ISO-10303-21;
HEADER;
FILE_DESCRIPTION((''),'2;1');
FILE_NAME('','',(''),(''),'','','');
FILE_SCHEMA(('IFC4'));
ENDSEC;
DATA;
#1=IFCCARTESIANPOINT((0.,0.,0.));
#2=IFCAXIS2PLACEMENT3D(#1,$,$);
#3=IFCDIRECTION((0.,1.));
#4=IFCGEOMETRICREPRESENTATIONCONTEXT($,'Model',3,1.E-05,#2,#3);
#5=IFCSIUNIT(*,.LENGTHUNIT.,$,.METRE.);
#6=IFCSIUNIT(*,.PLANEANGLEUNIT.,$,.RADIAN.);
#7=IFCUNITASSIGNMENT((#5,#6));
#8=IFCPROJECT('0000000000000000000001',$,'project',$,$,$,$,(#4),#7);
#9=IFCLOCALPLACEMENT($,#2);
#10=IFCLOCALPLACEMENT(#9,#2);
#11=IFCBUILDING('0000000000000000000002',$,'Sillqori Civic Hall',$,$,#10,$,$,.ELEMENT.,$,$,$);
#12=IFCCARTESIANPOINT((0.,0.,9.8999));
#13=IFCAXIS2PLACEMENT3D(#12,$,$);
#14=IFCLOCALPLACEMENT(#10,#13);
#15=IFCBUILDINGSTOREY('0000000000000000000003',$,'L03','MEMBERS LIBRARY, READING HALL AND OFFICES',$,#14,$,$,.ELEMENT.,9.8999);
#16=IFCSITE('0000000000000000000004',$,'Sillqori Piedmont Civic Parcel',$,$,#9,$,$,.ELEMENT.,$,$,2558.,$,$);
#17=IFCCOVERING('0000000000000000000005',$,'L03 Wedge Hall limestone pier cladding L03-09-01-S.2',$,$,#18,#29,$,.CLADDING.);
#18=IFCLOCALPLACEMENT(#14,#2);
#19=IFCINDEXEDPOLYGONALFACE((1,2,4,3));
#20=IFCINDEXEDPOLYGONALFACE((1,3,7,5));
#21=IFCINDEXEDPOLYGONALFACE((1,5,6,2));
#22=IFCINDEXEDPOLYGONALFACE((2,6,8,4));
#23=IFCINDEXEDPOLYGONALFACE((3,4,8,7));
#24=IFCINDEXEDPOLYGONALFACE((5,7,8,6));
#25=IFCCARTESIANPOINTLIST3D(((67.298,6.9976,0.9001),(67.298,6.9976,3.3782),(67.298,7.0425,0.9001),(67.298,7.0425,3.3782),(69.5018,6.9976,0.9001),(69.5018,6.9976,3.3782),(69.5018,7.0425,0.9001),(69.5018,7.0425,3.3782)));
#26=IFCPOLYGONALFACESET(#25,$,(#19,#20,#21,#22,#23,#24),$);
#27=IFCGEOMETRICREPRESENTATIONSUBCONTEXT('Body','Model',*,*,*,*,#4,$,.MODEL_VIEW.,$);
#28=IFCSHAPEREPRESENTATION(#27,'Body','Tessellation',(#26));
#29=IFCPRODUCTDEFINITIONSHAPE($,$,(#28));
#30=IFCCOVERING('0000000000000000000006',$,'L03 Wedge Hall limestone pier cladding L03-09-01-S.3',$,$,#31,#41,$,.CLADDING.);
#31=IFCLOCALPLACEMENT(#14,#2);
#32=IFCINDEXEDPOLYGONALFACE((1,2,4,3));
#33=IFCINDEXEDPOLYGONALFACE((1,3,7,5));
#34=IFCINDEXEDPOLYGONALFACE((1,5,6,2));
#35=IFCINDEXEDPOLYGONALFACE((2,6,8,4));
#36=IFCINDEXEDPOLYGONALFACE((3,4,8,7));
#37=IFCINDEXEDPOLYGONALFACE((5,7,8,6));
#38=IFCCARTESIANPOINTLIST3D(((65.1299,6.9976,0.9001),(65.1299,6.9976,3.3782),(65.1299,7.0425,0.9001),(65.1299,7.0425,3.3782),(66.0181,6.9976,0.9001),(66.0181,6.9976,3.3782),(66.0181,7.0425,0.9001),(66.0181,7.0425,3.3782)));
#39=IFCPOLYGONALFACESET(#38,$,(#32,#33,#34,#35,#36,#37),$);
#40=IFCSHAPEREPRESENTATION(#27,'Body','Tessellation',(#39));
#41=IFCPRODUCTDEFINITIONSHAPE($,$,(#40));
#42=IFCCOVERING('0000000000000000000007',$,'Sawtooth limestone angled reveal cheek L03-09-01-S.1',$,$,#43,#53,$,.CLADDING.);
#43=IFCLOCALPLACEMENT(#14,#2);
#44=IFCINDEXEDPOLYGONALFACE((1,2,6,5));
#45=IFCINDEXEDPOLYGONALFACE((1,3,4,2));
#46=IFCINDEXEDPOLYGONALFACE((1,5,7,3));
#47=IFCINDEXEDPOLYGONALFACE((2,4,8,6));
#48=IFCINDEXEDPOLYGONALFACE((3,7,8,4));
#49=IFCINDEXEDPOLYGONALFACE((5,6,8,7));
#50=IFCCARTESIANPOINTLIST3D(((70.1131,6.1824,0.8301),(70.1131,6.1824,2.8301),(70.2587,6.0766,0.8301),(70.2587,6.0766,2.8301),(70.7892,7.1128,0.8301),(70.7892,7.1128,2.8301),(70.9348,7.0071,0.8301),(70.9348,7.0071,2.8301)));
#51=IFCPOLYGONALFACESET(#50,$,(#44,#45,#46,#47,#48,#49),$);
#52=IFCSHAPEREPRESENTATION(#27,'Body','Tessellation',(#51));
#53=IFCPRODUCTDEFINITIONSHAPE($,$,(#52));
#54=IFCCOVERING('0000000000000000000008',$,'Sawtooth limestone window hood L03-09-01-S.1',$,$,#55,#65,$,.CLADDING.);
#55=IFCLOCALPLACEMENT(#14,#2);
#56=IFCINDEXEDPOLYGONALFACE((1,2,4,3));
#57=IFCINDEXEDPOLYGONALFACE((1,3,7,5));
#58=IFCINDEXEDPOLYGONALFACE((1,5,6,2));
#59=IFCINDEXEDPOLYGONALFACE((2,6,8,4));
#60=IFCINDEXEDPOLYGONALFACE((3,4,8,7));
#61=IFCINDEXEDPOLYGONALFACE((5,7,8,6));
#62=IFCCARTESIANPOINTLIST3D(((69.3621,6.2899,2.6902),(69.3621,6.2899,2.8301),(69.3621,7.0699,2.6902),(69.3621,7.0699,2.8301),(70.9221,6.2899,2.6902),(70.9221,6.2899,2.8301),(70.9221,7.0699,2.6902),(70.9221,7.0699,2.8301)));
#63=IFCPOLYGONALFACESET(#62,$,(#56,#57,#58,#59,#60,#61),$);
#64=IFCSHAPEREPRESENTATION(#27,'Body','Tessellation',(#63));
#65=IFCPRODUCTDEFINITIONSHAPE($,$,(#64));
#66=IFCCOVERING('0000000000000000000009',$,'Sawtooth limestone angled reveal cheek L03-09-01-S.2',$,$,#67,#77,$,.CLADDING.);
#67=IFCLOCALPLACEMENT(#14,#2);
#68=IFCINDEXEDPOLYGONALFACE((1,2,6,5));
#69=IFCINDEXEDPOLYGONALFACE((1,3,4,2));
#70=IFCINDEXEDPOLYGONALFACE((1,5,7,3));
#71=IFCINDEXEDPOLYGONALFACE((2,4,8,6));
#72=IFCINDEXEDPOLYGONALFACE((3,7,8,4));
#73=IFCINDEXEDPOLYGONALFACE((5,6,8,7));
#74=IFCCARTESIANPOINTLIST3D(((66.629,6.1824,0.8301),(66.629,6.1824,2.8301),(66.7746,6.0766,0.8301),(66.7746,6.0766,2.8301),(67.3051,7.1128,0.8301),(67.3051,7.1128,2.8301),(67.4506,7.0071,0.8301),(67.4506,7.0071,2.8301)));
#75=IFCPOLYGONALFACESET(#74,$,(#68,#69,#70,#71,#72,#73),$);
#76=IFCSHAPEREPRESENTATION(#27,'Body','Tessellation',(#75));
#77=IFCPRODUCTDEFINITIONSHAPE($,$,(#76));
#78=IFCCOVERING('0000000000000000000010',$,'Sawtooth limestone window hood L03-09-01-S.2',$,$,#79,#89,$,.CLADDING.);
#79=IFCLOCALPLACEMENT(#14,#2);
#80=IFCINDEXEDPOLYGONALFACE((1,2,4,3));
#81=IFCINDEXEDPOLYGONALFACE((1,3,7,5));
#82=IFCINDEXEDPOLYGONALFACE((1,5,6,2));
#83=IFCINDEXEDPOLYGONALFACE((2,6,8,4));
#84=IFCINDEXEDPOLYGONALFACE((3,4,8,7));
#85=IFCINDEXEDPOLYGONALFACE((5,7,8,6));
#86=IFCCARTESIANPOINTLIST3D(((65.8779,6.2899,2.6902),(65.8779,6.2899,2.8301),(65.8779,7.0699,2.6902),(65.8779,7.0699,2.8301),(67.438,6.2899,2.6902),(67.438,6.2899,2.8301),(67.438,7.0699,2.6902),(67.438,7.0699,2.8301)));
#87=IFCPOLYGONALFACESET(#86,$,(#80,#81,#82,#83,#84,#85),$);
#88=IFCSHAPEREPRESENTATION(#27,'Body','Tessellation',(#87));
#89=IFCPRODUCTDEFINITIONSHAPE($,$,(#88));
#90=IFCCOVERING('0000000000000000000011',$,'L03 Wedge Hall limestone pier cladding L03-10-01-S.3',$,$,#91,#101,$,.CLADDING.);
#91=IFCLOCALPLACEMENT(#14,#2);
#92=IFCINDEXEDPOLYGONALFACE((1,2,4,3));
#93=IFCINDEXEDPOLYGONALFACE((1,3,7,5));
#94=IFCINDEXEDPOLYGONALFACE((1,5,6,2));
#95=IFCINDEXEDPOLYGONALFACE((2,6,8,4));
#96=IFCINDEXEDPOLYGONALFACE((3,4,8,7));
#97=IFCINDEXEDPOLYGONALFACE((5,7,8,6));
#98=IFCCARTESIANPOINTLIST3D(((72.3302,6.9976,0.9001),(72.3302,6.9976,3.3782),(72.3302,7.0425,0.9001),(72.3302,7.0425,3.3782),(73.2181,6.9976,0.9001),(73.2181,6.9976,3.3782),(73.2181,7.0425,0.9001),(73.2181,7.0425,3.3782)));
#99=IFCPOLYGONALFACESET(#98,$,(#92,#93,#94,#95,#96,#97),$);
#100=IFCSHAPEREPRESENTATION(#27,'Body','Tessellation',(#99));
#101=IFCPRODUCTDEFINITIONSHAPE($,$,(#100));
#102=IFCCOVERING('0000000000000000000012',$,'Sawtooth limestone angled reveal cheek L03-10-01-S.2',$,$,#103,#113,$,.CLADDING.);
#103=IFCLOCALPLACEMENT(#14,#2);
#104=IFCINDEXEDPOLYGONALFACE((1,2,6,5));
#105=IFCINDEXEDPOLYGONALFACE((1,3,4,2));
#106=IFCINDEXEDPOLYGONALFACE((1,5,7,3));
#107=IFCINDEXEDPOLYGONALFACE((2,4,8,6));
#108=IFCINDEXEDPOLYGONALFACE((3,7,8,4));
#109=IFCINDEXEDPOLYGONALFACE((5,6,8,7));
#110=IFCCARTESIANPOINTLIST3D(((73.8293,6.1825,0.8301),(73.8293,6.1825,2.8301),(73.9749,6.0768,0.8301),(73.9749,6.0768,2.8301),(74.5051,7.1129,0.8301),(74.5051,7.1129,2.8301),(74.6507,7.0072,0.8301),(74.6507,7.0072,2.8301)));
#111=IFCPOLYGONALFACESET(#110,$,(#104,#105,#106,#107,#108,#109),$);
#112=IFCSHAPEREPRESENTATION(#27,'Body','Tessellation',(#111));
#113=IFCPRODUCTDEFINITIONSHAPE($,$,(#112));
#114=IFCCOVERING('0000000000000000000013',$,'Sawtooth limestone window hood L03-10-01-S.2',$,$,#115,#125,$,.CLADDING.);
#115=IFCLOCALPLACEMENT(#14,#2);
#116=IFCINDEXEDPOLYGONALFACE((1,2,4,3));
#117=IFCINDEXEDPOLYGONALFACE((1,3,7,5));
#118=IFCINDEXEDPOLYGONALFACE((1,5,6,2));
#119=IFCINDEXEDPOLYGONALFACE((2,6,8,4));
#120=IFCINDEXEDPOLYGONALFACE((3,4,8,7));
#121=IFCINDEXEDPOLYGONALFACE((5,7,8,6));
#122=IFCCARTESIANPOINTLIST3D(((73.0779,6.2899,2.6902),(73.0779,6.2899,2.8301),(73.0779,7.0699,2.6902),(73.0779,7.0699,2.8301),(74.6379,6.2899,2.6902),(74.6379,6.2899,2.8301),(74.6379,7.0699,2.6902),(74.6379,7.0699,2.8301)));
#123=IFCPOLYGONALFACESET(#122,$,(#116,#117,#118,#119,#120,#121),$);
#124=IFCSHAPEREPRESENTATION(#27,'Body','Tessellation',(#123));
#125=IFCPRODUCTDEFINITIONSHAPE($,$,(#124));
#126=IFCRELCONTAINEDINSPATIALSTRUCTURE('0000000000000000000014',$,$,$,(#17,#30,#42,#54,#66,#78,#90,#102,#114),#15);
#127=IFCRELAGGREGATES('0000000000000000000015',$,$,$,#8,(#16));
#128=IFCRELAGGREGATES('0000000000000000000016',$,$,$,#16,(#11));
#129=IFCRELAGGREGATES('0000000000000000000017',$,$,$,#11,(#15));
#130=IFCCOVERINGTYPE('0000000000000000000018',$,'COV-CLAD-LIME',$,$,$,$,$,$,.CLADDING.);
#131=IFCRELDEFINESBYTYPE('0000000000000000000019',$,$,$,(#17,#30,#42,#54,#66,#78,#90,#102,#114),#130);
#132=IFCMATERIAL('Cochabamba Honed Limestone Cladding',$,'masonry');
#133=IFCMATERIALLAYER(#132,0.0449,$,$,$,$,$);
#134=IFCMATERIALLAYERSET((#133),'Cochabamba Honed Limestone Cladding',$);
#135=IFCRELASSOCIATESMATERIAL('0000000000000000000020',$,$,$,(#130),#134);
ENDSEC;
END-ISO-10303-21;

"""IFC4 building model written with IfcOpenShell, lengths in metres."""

from ifc_helpers import new_model, si_unit, direction, frame, frame_2d, origin, place, context, subcontext, project, spatial, rectangle, extrude, material, layer, layer_set, type_object, element, save


model = new_model("IFC4")

# Units and contexts
model_context = context("Model", 3, precision=1e-05, world=origin(), true_north=direction((0.0, 1.0)))
body_context = subcontext(model_context, "Body", "Model", "MODEL_VIEW")
ifc_project = project(units=[si_unit("LENGTHUNIT", "METRE"), si_unit("PLANEANGLEUNIT", "RADIAN")], contexts=[model_context])

# Site, building, storey
site_placement = place(None, origin())
site = spatial("IfcSite", under=ifc_project, at=site_placement, Name="Sillqori Piedmont Civic Parcel", CompositionType="ELEMENT", RefElevation=2558.0)
building_placement = place(site_placement, origin())
building = spatial("IfcBuilding", under=site, at=building_placement, Name="Sillqori Civic Hall", CompositionType="ELEMENT")
storey_placement = place(building_placement, frame((0.0, 0.0, 9.8999)))
storey = spatial("IfcBuildingStorey", under=building, at=storey_placement, Name="L03", Description="MEMBERS LIBRARY, READING HALL AND OFFICES", CompositionType="ELEMENT", Elevation=9.8999)

# Coverings
ifc_material_1 = material(Name="Cochabamba Honed Limestone Cladding", Category="masonry")
ifc_layer_1 = layer(ifc_material_1, 0.0449)
ifc_layer_set_1 = layer_set([ifc_layer_1], Name="Cochabamba Honed Limestone Cladding")
covering_type = type_object("IfcCoveringType", Name="COV-CLAD-LIME", PredefinedType="CLADDING", material=ifc_layer_set_1)
covering_1_placement = place(storey_placement, frame((69.502, 7.02, 0.9001), z_axis=(0.0, 0.0, 1.0), x_axis=(-1.0, 0.0, 0.0)))
element("IfcCovering", 1, at=covering_1_placement, inside=storey, type_object=covering_type, Name="L03 Wedge Hall limestone pier cladding L03-09-01-S.2", PredefinedType="CLADDING", context=body_context, shape_type="SweptSolid", body=[
    extrude(rectangle(XDim=2.2039, YDim=0.0449, at=frame_2d((1.1021, 0.0))), origin(), (0.0, 0.0, 1.0), 2.478),
])
covering_2_placement = place(storey_placement, frame((66.0181, 7.02, 0.9001), z_axis=(0.0, 0.0, 1.0), x_axis=(-1.0, 0.0, 0.0)))
element("IfcCovering", 2, at=covering_2_placement, inside=storey, type_object=covering_type, Name="L03 Wedge Hall limestone pier cladding L03-09-01-S.3", PredefinedType="CLADDING", context=body_context, shape_type="SweptSolid", body=[
    extrude(rectangle(XDim=0.8882, YDim=0.0449, at=frame_2d((0.4441, 0.0))), origin(), (0.0, 0.0, 1.0), 2.478),
])
covering_3_placement = place(storey_placement, frame((70.8621, 7.0601, 0.8301), z_axis=(0.0, 0.0, 1.0), x_axis=(-0.587806, -0.809002, 0.0)))
element("IfcCovering", 3, at=covering_3_placement, inside=storey, type_object=covering_type, Name="Sawtooth limestone angled reveal cheek L03-09-01-S.1", PredefinedType="CLADDING", context=body_context, shape_type="SweptSolid", body=[
    extrude(rectangle(XDim=1.1501, YDim=0.1799, at=frame_2d((0.5752, 0.0))), origin(), (0.0, 0.0, 1.0), 2.0),
])
covering_4_placement = place(storey_placement, frame((70.9221, 6.6799, 2.6902), z_axis=(0.0, 0.0, 1.0), x_axis=(-1.0, 0.0, 0.0)))
element("IfcCovering", 4, at=covering_4_placement, inside=storey, type_object=covering_type, Name="Sawtooth limestone window hood L03-09-01-S.1", PredefinedType="CLADDING", context=body_context, shape_type="SweptSolid", body=[
    extrude(rectangle(XDim=1.5601, YDim=0.78, at=frame_2d((0.78, 0.0))), origin(), (0.0, 0.0, 1.0), 0.1399),
])
covering_5_placement = place(storey_placement, frame((67.3779, 7.0601, 0.8301), z_axis=(0.0, 0.0, 1.0), x_axis=(-0.587806, -0.809002, 0.0)))
element("IfcCovering", 5, at=covering_5_placement, inside=storey, type_object=covering_type, Name="Sawtooth limestone angled reveal cheek L03-09-01-S.2", PredefinedType="CLADDING", context=body_context, shape_type="SweptSolid", body=[
    extrude(rectangle(XDim=1.1501, YDim=0.1799, at=frame_2d((0.5752, 0.0))), origin(), (0.0, 0.0, 1.0), 2.0),
])
covering_6_placement = place(storey_placement, frame((67.438, 6.6799, 2.6902), z_axis=(0.0, 0.0, 1.0), x_axis=(-1.0, 0.0, 0.0)))
element("IfcCovering", 6, at=covering_6_placement, inside=storey, type_object=covering_type, Name="Sawtooth limestone window hood L03-09-01-S.2", PredefinedType="CLADDING", context=body_context, shape_type="SweptSolid", body=[
    extrude(rectangle(XDim=1.5601, YDim=0.78, at=frame_2d((0.78, 0.0))), origin(), (0.0, 0.0, 1.0), 0.1399),
])
covering_7_placement = place(storey_placement, frame((73.218, 7.02, 0.9001), z_axis=(0.0, 0.0, 1.0), x_axis=(-1.0, 0.0, 0.0)))
element("IfcCovering", 7, at=covering_7_placement, inside=storey, type_object=covering_type, Name="L03 Wedge Hall limestone pier cladding L03-10-01-S.3", PredefinedType="CLADDING", context=body_context, shape_type="SweptSolid", body=[
    extrude(rectangle(XDim=0.8879, YDim=0.0449, at=frame_2d((0.4438, 0.0))), origin(), (0.0, 0.0, 1.0), 2.478),
])
covering_8_placement = place(storey_placement, frame((74.5779, 7.0601, 0.8301), z_axis=(0.0, 0.0, 1.0), x_axis=(-0.587667, -0.809103, 0.0)))
element("IfcCovering", 8, at=covering_8_placement, inside=storey, type_object=covering_type, Name="Sawtooth limestone angled reveal cheek L03-10-01-S.2", PredefinedType="CLADDING", context=body_context, shape_type="SweptSolid", body=[
    extrude(rectangle(XDim=1.1499, YDim=0.1799, at=frame_2d((0.575, 0.0))), origin(), (0.0, 0.0, 1.0), 2.0),
])
covering_9_placement = place(storey_placement, frame((74.6379, 6.6799, 2.6902), z_axis=(0.0, 0.0, 1.0), x_axis=(-1.0, 0.0, 0.0)))
element("IfcCovering", 9, at=covering_9_placement, inside=storey, type_object=covering_type, Name="Sawtooth limestone window hood L03-10-01-S.2", PredefinedType="CLADDING", context=body_context, shape_type="SweptSolid", body=[
    extrude(rectangle(XDim=1.5601, YDim=0.78, at=frame_2d((0.78, 0.0))), origin(), (0.0, 0.0, 1.0), 0.1399),
])

save(model, "model.ifc")
